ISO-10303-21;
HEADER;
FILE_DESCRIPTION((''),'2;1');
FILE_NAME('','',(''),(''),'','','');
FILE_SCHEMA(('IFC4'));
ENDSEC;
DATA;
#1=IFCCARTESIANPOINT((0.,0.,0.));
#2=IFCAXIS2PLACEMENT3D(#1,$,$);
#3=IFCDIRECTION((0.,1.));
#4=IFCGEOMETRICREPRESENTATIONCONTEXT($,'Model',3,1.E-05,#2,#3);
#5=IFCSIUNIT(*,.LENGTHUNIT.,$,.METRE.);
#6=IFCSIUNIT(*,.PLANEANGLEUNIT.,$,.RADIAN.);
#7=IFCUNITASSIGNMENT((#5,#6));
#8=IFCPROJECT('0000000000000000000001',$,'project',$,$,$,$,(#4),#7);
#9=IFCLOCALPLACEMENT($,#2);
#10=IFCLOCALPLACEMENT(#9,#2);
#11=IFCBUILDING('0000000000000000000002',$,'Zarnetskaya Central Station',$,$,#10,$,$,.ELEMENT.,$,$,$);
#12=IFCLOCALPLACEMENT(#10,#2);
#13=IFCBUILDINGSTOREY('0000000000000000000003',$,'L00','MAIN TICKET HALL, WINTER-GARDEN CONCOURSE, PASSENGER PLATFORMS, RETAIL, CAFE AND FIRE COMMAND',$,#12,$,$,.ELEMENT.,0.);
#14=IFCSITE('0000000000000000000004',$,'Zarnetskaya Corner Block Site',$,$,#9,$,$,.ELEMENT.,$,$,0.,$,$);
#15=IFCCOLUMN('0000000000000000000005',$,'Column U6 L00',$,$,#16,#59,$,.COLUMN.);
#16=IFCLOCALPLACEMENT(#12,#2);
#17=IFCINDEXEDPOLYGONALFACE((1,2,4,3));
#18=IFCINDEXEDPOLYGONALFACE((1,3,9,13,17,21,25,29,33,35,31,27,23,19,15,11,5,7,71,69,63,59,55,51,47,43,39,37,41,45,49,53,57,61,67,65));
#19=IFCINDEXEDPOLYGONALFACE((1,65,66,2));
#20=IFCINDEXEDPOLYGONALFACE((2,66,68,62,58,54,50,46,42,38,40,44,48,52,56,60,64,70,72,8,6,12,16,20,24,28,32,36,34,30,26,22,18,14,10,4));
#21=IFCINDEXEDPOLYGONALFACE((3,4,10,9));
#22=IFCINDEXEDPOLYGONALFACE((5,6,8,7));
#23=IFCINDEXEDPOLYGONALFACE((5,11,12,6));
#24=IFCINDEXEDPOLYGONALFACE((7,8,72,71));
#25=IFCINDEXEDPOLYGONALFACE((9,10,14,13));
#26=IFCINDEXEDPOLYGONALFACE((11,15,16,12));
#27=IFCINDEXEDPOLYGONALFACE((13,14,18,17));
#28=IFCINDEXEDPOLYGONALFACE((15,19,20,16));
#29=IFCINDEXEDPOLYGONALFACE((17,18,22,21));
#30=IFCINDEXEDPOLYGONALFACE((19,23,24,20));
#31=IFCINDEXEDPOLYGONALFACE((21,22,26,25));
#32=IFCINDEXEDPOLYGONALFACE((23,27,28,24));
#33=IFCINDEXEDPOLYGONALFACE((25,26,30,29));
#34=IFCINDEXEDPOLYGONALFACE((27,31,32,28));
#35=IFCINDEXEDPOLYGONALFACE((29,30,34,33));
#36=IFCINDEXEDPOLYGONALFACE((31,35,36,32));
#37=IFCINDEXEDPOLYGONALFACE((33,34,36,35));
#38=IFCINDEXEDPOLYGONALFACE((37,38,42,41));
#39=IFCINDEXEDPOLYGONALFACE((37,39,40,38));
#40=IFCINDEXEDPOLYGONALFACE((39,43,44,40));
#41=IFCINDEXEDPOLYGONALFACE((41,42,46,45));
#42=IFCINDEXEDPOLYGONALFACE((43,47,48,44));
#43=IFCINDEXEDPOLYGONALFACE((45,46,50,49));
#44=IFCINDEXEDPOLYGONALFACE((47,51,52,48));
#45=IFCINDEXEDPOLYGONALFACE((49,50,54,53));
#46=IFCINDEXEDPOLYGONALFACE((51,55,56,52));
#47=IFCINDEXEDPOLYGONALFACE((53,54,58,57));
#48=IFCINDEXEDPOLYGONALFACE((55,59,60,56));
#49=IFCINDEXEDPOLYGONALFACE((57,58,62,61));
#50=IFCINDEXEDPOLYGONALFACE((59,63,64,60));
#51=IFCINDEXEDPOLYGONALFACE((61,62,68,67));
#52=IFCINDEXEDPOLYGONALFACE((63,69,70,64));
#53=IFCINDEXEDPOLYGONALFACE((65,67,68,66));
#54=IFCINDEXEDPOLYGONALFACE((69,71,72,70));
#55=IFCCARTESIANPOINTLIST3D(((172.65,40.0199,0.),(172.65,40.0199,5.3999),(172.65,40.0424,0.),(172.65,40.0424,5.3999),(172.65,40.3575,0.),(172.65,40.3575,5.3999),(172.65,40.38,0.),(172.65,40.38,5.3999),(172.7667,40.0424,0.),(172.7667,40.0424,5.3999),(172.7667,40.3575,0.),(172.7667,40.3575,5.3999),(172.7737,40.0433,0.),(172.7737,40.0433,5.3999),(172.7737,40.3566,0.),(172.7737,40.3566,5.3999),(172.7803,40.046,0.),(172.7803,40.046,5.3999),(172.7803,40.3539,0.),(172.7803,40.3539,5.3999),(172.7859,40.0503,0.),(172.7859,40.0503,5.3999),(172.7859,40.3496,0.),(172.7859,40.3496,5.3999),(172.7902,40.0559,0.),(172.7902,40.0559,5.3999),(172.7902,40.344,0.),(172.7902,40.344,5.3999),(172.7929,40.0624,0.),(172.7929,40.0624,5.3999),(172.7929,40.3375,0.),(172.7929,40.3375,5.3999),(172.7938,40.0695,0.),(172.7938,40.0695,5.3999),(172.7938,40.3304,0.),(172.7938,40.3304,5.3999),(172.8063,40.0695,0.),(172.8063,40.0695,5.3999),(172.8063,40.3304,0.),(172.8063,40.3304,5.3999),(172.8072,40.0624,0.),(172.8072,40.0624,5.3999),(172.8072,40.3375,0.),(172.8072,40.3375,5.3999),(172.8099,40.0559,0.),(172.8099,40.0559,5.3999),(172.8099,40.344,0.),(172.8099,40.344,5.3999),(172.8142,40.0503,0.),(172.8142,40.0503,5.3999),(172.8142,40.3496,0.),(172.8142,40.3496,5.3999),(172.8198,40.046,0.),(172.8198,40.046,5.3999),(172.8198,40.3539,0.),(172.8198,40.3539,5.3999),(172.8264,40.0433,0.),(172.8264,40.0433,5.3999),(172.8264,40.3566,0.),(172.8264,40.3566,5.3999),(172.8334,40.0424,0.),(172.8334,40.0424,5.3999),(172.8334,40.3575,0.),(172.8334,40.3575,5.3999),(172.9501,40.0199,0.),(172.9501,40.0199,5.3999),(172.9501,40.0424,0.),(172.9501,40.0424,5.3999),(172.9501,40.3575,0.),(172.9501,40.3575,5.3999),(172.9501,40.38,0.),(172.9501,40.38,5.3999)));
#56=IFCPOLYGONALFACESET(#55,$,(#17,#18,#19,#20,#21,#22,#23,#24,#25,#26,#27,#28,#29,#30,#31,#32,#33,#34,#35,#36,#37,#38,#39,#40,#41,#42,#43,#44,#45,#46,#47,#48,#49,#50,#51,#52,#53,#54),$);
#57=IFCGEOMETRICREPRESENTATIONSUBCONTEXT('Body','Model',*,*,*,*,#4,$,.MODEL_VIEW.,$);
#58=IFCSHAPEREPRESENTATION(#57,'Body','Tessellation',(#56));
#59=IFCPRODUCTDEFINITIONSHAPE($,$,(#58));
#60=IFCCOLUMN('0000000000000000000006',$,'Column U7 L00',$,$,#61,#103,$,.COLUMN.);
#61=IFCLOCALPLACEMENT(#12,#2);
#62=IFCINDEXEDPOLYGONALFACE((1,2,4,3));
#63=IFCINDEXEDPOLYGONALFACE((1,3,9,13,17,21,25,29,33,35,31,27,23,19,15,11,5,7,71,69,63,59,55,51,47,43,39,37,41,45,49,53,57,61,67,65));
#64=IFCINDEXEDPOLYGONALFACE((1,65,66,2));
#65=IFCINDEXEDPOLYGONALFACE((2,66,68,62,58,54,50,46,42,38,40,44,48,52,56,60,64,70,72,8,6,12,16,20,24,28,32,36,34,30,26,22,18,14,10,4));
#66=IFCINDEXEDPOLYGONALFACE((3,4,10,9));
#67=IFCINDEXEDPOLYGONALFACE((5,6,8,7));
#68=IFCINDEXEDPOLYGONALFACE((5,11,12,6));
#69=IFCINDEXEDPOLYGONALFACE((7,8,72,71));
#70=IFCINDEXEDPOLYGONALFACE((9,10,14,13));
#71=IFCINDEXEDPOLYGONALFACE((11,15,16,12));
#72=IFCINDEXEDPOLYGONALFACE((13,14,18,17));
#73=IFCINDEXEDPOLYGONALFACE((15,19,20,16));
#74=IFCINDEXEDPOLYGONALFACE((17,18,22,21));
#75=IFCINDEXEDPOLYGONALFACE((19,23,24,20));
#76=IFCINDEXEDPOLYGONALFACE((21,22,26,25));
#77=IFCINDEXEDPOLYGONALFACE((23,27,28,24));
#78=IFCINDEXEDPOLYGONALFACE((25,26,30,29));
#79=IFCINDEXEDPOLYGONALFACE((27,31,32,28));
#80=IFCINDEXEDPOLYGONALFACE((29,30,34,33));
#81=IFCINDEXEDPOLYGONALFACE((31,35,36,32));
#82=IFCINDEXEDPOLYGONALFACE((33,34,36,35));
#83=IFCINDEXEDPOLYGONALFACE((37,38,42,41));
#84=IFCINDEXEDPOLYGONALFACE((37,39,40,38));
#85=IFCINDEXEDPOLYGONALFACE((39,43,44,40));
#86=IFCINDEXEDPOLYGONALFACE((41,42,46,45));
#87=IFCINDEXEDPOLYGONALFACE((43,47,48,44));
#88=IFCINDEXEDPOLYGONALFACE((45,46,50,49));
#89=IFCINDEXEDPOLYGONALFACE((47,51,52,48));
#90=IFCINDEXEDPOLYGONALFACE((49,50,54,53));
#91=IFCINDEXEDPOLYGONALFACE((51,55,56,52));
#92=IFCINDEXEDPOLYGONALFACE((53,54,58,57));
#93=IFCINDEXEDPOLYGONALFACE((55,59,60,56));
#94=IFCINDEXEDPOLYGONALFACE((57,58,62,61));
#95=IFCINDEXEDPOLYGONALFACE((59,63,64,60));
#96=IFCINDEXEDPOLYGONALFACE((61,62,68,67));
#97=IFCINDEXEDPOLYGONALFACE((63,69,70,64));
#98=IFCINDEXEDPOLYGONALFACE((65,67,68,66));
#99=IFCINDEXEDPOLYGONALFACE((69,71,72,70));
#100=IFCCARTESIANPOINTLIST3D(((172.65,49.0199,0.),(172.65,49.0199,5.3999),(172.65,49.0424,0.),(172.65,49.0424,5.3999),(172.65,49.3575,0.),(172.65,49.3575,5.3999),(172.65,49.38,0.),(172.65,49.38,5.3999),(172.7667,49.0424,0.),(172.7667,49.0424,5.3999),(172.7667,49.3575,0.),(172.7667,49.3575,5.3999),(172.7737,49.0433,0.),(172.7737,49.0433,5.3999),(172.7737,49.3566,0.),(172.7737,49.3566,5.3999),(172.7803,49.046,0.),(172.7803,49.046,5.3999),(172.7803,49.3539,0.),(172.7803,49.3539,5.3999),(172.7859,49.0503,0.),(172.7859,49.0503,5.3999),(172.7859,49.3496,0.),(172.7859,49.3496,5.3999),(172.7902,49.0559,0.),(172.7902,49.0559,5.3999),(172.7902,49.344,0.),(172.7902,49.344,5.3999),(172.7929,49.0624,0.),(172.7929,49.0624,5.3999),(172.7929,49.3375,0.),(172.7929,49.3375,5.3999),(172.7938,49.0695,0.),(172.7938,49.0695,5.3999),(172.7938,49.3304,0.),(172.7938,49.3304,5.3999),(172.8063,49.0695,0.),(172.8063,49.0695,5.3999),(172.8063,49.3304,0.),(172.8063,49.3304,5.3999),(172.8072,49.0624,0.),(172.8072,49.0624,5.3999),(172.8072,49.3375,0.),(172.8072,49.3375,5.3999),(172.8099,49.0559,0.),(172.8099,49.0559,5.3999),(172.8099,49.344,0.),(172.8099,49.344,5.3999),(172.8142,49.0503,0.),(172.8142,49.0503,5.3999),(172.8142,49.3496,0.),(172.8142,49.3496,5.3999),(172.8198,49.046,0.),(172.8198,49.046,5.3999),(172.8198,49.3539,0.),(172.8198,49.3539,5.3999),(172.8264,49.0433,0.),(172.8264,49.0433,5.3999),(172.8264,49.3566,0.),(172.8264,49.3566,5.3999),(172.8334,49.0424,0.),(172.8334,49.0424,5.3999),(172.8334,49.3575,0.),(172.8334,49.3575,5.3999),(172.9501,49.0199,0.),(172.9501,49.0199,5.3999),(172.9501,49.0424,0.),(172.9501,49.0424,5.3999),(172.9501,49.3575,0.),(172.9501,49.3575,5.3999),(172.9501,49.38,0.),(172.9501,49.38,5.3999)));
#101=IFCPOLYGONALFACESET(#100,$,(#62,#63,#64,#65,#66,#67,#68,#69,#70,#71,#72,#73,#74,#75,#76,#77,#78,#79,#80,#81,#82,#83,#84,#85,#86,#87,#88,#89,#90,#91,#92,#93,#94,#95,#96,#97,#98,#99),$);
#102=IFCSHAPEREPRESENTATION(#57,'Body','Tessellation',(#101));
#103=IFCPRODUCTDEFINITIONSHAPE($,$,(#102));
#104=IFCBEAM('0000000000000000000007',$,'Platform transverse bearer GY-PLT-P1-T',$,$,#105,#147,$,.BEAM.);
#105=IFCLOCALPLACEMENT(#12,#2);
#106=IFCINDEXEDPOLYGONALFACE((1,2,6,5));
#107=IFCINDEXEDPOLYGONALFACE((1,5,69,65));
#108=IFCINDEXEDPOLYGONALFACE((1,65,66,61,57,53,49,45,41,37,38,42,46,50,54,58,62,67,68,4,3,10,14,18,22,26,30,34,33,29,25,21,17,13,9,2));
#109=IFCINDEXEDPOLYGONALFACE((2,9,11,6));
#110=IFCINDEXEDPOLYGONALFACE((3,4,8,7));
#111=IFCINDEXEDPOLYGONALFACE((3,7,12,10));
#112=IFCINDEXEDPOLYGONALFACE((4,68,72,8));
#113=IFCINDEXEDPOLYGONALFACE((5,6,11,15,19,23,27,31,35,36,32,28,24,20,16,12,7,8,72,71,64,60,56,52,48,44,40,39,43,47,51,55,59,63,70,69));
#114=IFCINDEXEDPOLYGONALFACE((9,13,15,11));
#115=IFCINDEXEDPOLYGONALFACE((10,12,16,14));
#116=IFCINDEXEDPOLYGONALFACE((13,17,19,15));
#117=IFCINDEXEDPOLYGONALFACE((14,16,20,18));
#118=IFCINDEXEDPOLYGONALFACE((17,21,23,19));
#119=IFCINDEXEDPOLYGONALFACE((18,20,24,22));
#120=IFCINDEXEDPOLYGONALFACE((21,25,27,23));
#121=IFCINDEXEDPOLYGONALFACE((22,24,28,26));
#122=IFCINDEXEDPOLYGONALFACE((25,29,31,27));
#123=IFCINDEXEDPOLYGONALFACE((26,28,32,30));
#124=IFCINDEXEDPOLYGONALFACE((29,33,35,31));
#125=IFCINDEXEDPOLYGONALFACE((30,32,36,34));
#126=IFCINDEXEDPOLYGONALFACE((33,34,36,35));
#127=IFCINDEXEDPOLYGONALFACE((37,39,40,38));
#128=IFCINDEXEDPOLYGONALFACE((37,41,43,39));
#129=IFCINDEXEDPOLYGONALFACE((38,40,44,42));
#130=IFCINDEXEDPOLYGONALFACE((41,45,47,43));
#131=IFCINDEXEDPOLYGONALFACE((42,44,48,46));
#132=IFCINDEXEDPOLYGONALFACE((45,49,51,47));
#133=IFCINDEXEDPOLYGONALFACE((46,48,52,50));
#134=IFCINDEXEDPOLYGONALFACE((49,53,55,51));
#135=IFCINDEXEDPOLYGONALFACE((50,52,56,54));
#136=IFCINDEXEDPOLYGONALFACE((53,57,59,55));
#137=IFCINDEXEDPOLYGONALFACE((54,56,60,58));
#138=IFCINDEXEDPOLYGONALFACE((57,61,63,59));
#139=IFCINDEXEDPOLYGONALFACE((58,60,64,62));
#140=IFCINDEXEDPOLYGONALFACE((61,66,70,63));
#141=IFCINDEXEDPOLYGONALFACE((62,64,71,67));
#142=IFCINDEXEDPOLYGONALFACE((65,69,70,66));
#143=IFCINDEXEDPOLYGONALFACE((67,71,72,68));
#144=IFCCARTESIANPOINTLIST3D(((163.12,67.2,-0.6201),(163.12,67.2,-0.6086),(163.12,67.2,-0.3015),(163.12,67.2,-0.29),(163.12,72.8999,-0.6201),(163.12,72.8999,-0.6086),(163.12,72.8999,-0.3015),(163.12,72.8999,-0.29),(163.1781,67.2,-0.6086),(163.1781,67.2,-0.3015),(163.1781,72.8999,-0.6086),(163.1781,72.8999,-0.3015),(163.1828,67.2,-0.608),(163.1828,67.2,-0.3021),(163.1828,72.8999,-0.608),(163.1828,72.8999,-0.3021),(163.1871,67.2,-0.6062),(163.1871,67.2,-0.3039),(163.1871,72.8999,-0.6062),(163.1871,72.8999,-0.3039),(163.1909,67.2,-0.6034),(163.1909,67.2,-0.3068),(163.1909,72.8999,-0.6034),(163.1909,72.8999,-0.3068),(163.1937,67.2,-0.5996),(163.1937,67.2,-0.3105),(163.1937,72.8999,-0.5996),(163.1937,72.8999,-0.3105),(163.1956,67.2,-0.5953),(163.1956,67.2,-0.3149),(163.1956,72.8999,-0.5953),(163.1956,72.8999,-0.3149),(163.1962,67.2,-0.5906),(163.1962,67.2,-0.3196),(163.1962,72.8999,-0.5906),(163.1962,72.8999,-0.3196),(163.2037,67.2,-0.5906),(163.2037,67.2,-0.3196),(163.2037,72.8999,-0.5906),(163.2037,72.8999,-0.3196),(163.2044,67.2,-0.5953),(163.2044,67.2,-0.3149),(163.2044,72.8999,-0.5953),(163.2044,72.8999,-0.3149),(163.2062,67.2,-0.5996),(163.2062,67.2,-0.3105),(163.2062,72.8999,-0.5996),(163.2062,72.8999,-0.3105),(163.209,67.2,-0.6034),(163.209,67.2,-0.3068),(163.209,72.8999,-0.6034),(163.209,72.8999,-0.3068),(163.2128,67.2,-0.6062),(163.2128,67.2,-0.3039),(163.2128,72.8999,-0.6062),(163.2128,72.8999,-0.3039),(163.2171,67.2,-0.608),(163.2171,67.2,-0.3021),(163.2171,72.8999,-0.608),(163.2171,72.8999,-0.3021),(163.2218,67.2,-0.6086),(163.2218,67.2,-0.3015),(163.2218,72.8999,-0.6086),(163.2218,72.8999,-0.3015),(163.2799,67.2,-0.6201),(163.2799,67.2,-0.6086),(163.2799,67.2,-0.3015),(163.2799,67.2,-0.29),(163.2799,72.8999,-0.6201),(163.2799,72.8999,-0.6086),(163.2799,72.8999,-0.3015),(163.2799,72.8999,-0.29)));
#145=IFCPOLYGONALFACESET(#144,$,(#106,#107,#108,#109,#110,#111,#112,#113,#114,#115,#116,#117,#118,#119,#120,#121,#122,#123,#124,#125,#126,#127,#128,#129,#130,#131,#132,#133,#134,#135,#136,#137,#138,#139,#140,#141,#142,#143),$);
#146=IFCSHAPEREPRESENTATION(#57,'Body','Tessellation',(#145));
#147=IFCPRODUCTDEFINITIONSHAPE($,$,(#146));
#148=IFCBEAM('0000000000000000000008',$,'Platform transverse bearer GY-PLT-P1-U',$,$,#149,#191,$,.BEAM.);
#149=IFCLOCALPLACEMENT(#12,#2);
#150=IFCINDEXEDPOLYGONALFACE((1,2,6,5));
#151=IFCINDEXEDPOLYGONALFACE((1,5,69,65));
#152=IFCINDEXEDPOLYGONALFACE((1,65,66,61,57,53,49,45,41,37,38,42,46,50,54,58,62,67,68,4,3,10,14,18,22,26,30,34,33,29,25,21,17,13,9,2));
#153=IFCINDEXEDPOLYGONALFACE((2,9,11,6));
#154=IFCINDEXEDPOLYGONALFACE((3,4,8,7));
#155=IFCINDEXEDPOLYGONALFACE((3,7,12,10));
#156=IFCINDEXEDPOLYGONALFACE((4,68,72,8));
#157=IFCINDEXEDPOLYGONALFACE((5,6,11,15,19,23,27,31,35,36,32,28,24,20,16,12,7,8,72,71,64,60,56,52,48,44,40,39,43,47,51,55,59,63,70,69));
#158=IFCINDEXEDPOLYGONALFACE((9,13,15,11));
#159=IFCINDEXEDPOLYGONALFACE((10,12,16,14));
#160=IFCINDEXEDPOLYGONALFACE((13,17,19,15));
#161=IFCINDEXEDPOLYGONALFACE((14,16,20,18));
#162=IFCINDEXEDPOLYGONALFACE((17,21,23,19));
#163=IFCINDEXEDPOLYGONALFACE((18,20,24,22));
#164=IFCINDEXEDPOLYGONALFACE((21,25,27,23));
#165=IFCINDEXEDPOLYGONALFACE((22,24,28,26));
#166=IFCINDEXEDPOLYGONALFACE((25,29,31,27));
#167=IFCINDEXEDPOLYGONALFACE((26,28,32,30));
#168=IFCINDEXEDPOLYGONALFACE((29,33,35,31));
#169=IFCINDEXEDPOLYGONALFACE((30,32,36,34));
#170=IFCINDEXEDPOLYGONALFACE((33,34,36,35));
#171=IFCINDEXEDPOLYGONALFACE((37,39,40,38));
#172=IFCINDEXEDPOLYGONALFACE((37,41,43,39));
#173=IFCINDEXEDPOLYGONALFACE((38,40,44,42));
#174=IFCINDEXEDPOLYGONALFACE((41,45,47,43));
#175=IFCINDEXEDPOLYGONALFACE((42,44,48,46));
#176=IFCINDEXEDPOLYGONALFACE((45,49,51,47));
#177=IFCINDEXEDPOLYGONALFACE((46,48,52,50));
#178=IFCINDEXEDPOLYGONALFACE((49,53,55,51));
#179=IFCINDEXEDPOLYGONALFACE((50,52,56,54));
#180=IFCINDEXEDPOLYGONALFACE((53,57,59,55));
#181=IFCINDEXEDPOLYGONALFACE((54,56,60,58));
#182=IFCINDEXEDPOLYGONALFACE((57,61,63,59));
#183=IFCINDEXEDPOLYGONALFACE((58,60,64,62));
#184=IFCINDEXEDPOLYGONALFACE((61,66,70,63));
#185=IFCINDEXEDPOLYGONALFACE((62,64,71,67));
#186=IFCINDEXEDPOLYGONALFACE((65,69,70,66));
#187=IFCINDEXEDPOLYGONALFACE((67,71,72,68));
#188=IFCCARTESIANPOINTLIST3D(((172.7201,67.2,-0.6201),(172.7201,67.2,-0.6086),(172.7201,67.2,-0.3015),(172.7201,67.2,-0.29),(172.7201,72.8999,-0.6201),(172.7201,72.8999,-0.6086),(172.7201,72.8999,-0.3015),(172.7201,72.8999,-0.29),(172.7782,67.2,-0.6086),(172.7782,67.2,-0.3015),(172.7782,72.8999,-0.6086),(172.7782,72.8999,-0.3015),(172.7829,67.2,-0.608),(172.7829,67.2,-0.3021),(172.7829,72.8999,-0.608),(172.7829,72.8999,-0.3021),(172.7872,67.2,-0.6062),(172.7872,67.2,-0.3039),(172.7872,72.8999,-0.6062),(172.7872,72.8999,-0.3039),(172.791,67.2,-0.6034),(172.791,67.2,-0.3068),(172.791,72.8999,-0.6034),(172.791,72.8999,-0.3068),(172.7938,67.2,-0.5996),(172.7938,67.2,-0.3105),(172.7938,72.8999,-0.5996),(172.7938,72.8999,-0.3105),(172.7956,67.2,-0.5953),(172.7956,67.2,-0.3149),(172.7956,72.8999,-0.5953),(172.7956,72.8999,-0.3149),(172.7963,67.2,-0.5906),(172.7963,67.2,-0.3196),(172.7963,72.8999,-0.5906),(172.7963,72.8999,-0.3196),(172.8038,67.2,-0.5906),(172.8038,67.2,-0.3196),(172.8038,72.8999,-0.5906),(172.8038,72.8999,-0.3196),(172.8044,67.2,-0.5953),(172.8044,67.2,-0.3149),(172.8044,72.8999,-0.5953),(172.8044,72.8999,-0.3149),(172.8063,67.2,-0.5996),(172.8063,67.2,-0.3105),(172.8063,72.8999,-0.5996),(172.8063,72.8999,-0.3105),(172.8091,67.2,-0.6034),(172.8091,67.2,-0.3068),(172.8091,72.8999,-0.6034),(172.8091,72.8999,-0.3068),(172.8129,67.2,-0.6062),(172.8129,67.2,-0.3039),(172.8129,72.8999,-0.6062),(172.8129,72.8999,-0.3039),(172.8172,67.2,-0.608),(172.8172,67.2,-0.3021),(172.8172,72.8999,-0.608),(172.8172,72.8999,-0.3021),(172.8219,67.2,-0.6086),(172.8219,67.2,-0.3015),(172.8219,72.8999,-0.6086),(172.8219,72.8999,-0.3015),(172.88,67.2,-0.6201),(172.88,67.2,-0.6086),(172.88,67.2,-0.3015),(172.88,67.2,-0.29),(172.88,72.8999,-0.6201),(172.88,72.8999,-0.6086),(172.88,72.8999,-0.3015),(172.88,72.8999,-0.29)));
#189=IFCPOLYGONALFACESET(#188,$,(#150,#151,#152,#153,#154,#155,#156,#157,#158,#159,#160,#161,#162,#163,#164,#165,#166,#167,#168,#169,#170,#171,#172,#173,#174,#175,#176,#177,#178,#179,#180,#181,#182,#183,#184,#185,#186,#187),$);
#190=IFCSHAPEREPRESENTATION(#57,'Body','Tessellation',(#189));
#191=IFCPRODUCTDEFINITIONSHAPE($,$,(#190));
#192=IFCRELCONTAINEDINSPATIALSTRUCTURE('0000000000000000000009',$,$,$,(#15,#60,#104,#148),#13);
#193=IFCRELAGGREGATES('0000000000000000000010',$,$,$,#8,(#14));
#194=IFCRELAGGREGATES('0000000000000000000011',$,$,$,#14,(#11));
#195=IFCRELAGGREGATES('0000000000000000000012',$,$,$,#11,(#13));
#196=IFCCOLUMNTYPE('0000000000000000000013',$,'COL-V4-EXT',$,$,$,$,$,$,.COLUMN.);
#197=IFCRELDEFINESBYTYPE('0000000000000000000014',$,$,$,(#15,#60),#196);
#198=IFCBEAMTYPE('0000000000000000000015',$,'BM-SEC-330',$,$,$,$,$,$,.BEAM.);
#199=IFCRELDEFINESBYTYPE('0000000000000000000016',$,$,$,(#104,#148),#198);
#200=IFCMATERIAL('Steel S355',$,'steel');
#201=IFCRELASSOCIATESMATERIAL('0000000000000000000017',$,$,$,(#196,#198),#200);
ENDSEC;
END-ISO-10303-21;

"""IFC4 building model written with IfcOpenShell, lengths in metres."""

from ifc_helpers import new_model, si_unit, direction, frame, origin, origin_2d, place, context, subcontext, project, spatial, i_section, extrude, material, material_profile, profile_set, type_object, element, save


model = new_model("IFC4")

# Units and contexts
model_context = context("Model", 3, precision=1e-05, world=origin(), true_north=direction((0.0, 1.0)))
body_context = subcontext(model_context, "Body", "Model", "MODEL_VIEW")
ifc_project = project(units=[si_unit("LENGTHUNIT", "METRE"), si_unit("PLANEANGLEUNIT", "RADIAN")], contexts=[model_context])

# Site, building, storey
site_placement = place(None, origin())
site = spatial("IfcSite", under=ifc_project, at=site_placement, Name="Zarnetskaya Corner Block Site", CompositionType="ELEMENT", RefElevation=0.0)
building_placement = place(site_placement, origin())
building = spatial("IfcBuilding", under=site, at=building_placement, Name="Zarnetskaya Central Station", CompositionType="ELEMENT")
storey_placement = place(building_placement, origin())
storey = spatial("IfcBuildingStorey", under=building, at=storey_placement, Name="L00", Description="MAIN TICKET HALL, WINTER-GARDEN CONCOURSE, PASSENGER PLATFORMS, RETAIL, CAFE AND FIRE COMMAND", CompositionType="ELEMENT", Elevation=0.0)

# Columns
ifc_material_1 = material(Name="Steel S355", Category="steel")
ifc_material_profile_1 = material_profile(ifc_material_1, i_section(OverallWidth=0.3, OverallDepth=0.3601, WebThickness=0.0125, FlangeThickness=0.0225, FilletRadius=0.0271, at=origin_2d()), Name="HEB 360")
ifc_profile_set_1 = profile_set([ifc_material_profile_1], Name="Steel S355")
column_type_1 = type_object("IfcColumnType", Name="COL-V4-EXT", PredefinedType="COLUMN", material=ifc_profile_set_1)
for number, where, z_axis, x_axis, name in (
    (1, (172.8, 40.2, 0.0), (0.0, 0.0, 1.0), (1.0, 0.0, 0.0), "Column U6 L00"),
    (2, (172.8, 49.2, 0.0), (0.0, 0.0, 1.0), (1.0, 0.0, 0.0), "Column U7 L00"),
):
    element("IfcColumn", number, at=place(storey_placement, frame(where, z_axis=z_axis, x_axis=x_axis)), inside=storey, type_object=column_type_1, Name=name, PredefinedType="COLUMN", context=body_context, shape_type="SweptSolid", body=[
        extrude(i_section(OverallWidth=0.3, OverallDepth=0.3601, WebThickness=0.0125, FlangeThickness=0.0225, FilletRadius=0.0271, at=origin_2d()), origin(), (0.0, 0.0, 1.0), 5.3999),
    ])

# Beams
ifc_material_profile_2 = material_profile(ifc_material_1, i_section(OverallWidth=0.1599, OverallDepth=0.3301, WebThickness=0.0076, FlangeThickness=0.0115, FilletRadius=0.0181, at=origin_2d()), Name="IPE 330")
ifc_profile_set_2 = profile_set([ifc_material_profile_2], Name="Steel S355")
beam_type_1 = type_object("IfcBeamType", Name="BM-SEC-330", PredefinedType="BEAM", material=ifc_profile_set_2)
for number, where, z_axis, x_axis, name in (
    (3, (163.2, 67.2, -0.4551), (0.0, 1.0, 0.0), (-1.0, 0.0, 0.0), "Platform transverse bearer GY-PLT-P1-T"),
    (4, (172.8, 67.2, -0.4551), (0.0, 1.0, 0.0), (-1.0, 0.0, 0.0), "Platform transverse bearer GY-PLT-P1-U"),
):
    element("IfcBeam", number, at=place(storey_placement, frame(where, z_axis=z_axis, x_axis=x_axis)), inside=storey, type_object=beam_type_1, Name=name, PredefinedType="BEAM", context=body_context, shape_type="SweptSolid", body=[
        extrude(i_section(OverallWidth=0.1599, OverallDepth=0.3301, WebThickness=0.0076, FlangeThickness=0.0115, FilletRadius=0.0181, at=origin_2d()), origin(), (0.0, 0.0, 1.0), 5.7),
    ])

save(model, "model.ifc")
